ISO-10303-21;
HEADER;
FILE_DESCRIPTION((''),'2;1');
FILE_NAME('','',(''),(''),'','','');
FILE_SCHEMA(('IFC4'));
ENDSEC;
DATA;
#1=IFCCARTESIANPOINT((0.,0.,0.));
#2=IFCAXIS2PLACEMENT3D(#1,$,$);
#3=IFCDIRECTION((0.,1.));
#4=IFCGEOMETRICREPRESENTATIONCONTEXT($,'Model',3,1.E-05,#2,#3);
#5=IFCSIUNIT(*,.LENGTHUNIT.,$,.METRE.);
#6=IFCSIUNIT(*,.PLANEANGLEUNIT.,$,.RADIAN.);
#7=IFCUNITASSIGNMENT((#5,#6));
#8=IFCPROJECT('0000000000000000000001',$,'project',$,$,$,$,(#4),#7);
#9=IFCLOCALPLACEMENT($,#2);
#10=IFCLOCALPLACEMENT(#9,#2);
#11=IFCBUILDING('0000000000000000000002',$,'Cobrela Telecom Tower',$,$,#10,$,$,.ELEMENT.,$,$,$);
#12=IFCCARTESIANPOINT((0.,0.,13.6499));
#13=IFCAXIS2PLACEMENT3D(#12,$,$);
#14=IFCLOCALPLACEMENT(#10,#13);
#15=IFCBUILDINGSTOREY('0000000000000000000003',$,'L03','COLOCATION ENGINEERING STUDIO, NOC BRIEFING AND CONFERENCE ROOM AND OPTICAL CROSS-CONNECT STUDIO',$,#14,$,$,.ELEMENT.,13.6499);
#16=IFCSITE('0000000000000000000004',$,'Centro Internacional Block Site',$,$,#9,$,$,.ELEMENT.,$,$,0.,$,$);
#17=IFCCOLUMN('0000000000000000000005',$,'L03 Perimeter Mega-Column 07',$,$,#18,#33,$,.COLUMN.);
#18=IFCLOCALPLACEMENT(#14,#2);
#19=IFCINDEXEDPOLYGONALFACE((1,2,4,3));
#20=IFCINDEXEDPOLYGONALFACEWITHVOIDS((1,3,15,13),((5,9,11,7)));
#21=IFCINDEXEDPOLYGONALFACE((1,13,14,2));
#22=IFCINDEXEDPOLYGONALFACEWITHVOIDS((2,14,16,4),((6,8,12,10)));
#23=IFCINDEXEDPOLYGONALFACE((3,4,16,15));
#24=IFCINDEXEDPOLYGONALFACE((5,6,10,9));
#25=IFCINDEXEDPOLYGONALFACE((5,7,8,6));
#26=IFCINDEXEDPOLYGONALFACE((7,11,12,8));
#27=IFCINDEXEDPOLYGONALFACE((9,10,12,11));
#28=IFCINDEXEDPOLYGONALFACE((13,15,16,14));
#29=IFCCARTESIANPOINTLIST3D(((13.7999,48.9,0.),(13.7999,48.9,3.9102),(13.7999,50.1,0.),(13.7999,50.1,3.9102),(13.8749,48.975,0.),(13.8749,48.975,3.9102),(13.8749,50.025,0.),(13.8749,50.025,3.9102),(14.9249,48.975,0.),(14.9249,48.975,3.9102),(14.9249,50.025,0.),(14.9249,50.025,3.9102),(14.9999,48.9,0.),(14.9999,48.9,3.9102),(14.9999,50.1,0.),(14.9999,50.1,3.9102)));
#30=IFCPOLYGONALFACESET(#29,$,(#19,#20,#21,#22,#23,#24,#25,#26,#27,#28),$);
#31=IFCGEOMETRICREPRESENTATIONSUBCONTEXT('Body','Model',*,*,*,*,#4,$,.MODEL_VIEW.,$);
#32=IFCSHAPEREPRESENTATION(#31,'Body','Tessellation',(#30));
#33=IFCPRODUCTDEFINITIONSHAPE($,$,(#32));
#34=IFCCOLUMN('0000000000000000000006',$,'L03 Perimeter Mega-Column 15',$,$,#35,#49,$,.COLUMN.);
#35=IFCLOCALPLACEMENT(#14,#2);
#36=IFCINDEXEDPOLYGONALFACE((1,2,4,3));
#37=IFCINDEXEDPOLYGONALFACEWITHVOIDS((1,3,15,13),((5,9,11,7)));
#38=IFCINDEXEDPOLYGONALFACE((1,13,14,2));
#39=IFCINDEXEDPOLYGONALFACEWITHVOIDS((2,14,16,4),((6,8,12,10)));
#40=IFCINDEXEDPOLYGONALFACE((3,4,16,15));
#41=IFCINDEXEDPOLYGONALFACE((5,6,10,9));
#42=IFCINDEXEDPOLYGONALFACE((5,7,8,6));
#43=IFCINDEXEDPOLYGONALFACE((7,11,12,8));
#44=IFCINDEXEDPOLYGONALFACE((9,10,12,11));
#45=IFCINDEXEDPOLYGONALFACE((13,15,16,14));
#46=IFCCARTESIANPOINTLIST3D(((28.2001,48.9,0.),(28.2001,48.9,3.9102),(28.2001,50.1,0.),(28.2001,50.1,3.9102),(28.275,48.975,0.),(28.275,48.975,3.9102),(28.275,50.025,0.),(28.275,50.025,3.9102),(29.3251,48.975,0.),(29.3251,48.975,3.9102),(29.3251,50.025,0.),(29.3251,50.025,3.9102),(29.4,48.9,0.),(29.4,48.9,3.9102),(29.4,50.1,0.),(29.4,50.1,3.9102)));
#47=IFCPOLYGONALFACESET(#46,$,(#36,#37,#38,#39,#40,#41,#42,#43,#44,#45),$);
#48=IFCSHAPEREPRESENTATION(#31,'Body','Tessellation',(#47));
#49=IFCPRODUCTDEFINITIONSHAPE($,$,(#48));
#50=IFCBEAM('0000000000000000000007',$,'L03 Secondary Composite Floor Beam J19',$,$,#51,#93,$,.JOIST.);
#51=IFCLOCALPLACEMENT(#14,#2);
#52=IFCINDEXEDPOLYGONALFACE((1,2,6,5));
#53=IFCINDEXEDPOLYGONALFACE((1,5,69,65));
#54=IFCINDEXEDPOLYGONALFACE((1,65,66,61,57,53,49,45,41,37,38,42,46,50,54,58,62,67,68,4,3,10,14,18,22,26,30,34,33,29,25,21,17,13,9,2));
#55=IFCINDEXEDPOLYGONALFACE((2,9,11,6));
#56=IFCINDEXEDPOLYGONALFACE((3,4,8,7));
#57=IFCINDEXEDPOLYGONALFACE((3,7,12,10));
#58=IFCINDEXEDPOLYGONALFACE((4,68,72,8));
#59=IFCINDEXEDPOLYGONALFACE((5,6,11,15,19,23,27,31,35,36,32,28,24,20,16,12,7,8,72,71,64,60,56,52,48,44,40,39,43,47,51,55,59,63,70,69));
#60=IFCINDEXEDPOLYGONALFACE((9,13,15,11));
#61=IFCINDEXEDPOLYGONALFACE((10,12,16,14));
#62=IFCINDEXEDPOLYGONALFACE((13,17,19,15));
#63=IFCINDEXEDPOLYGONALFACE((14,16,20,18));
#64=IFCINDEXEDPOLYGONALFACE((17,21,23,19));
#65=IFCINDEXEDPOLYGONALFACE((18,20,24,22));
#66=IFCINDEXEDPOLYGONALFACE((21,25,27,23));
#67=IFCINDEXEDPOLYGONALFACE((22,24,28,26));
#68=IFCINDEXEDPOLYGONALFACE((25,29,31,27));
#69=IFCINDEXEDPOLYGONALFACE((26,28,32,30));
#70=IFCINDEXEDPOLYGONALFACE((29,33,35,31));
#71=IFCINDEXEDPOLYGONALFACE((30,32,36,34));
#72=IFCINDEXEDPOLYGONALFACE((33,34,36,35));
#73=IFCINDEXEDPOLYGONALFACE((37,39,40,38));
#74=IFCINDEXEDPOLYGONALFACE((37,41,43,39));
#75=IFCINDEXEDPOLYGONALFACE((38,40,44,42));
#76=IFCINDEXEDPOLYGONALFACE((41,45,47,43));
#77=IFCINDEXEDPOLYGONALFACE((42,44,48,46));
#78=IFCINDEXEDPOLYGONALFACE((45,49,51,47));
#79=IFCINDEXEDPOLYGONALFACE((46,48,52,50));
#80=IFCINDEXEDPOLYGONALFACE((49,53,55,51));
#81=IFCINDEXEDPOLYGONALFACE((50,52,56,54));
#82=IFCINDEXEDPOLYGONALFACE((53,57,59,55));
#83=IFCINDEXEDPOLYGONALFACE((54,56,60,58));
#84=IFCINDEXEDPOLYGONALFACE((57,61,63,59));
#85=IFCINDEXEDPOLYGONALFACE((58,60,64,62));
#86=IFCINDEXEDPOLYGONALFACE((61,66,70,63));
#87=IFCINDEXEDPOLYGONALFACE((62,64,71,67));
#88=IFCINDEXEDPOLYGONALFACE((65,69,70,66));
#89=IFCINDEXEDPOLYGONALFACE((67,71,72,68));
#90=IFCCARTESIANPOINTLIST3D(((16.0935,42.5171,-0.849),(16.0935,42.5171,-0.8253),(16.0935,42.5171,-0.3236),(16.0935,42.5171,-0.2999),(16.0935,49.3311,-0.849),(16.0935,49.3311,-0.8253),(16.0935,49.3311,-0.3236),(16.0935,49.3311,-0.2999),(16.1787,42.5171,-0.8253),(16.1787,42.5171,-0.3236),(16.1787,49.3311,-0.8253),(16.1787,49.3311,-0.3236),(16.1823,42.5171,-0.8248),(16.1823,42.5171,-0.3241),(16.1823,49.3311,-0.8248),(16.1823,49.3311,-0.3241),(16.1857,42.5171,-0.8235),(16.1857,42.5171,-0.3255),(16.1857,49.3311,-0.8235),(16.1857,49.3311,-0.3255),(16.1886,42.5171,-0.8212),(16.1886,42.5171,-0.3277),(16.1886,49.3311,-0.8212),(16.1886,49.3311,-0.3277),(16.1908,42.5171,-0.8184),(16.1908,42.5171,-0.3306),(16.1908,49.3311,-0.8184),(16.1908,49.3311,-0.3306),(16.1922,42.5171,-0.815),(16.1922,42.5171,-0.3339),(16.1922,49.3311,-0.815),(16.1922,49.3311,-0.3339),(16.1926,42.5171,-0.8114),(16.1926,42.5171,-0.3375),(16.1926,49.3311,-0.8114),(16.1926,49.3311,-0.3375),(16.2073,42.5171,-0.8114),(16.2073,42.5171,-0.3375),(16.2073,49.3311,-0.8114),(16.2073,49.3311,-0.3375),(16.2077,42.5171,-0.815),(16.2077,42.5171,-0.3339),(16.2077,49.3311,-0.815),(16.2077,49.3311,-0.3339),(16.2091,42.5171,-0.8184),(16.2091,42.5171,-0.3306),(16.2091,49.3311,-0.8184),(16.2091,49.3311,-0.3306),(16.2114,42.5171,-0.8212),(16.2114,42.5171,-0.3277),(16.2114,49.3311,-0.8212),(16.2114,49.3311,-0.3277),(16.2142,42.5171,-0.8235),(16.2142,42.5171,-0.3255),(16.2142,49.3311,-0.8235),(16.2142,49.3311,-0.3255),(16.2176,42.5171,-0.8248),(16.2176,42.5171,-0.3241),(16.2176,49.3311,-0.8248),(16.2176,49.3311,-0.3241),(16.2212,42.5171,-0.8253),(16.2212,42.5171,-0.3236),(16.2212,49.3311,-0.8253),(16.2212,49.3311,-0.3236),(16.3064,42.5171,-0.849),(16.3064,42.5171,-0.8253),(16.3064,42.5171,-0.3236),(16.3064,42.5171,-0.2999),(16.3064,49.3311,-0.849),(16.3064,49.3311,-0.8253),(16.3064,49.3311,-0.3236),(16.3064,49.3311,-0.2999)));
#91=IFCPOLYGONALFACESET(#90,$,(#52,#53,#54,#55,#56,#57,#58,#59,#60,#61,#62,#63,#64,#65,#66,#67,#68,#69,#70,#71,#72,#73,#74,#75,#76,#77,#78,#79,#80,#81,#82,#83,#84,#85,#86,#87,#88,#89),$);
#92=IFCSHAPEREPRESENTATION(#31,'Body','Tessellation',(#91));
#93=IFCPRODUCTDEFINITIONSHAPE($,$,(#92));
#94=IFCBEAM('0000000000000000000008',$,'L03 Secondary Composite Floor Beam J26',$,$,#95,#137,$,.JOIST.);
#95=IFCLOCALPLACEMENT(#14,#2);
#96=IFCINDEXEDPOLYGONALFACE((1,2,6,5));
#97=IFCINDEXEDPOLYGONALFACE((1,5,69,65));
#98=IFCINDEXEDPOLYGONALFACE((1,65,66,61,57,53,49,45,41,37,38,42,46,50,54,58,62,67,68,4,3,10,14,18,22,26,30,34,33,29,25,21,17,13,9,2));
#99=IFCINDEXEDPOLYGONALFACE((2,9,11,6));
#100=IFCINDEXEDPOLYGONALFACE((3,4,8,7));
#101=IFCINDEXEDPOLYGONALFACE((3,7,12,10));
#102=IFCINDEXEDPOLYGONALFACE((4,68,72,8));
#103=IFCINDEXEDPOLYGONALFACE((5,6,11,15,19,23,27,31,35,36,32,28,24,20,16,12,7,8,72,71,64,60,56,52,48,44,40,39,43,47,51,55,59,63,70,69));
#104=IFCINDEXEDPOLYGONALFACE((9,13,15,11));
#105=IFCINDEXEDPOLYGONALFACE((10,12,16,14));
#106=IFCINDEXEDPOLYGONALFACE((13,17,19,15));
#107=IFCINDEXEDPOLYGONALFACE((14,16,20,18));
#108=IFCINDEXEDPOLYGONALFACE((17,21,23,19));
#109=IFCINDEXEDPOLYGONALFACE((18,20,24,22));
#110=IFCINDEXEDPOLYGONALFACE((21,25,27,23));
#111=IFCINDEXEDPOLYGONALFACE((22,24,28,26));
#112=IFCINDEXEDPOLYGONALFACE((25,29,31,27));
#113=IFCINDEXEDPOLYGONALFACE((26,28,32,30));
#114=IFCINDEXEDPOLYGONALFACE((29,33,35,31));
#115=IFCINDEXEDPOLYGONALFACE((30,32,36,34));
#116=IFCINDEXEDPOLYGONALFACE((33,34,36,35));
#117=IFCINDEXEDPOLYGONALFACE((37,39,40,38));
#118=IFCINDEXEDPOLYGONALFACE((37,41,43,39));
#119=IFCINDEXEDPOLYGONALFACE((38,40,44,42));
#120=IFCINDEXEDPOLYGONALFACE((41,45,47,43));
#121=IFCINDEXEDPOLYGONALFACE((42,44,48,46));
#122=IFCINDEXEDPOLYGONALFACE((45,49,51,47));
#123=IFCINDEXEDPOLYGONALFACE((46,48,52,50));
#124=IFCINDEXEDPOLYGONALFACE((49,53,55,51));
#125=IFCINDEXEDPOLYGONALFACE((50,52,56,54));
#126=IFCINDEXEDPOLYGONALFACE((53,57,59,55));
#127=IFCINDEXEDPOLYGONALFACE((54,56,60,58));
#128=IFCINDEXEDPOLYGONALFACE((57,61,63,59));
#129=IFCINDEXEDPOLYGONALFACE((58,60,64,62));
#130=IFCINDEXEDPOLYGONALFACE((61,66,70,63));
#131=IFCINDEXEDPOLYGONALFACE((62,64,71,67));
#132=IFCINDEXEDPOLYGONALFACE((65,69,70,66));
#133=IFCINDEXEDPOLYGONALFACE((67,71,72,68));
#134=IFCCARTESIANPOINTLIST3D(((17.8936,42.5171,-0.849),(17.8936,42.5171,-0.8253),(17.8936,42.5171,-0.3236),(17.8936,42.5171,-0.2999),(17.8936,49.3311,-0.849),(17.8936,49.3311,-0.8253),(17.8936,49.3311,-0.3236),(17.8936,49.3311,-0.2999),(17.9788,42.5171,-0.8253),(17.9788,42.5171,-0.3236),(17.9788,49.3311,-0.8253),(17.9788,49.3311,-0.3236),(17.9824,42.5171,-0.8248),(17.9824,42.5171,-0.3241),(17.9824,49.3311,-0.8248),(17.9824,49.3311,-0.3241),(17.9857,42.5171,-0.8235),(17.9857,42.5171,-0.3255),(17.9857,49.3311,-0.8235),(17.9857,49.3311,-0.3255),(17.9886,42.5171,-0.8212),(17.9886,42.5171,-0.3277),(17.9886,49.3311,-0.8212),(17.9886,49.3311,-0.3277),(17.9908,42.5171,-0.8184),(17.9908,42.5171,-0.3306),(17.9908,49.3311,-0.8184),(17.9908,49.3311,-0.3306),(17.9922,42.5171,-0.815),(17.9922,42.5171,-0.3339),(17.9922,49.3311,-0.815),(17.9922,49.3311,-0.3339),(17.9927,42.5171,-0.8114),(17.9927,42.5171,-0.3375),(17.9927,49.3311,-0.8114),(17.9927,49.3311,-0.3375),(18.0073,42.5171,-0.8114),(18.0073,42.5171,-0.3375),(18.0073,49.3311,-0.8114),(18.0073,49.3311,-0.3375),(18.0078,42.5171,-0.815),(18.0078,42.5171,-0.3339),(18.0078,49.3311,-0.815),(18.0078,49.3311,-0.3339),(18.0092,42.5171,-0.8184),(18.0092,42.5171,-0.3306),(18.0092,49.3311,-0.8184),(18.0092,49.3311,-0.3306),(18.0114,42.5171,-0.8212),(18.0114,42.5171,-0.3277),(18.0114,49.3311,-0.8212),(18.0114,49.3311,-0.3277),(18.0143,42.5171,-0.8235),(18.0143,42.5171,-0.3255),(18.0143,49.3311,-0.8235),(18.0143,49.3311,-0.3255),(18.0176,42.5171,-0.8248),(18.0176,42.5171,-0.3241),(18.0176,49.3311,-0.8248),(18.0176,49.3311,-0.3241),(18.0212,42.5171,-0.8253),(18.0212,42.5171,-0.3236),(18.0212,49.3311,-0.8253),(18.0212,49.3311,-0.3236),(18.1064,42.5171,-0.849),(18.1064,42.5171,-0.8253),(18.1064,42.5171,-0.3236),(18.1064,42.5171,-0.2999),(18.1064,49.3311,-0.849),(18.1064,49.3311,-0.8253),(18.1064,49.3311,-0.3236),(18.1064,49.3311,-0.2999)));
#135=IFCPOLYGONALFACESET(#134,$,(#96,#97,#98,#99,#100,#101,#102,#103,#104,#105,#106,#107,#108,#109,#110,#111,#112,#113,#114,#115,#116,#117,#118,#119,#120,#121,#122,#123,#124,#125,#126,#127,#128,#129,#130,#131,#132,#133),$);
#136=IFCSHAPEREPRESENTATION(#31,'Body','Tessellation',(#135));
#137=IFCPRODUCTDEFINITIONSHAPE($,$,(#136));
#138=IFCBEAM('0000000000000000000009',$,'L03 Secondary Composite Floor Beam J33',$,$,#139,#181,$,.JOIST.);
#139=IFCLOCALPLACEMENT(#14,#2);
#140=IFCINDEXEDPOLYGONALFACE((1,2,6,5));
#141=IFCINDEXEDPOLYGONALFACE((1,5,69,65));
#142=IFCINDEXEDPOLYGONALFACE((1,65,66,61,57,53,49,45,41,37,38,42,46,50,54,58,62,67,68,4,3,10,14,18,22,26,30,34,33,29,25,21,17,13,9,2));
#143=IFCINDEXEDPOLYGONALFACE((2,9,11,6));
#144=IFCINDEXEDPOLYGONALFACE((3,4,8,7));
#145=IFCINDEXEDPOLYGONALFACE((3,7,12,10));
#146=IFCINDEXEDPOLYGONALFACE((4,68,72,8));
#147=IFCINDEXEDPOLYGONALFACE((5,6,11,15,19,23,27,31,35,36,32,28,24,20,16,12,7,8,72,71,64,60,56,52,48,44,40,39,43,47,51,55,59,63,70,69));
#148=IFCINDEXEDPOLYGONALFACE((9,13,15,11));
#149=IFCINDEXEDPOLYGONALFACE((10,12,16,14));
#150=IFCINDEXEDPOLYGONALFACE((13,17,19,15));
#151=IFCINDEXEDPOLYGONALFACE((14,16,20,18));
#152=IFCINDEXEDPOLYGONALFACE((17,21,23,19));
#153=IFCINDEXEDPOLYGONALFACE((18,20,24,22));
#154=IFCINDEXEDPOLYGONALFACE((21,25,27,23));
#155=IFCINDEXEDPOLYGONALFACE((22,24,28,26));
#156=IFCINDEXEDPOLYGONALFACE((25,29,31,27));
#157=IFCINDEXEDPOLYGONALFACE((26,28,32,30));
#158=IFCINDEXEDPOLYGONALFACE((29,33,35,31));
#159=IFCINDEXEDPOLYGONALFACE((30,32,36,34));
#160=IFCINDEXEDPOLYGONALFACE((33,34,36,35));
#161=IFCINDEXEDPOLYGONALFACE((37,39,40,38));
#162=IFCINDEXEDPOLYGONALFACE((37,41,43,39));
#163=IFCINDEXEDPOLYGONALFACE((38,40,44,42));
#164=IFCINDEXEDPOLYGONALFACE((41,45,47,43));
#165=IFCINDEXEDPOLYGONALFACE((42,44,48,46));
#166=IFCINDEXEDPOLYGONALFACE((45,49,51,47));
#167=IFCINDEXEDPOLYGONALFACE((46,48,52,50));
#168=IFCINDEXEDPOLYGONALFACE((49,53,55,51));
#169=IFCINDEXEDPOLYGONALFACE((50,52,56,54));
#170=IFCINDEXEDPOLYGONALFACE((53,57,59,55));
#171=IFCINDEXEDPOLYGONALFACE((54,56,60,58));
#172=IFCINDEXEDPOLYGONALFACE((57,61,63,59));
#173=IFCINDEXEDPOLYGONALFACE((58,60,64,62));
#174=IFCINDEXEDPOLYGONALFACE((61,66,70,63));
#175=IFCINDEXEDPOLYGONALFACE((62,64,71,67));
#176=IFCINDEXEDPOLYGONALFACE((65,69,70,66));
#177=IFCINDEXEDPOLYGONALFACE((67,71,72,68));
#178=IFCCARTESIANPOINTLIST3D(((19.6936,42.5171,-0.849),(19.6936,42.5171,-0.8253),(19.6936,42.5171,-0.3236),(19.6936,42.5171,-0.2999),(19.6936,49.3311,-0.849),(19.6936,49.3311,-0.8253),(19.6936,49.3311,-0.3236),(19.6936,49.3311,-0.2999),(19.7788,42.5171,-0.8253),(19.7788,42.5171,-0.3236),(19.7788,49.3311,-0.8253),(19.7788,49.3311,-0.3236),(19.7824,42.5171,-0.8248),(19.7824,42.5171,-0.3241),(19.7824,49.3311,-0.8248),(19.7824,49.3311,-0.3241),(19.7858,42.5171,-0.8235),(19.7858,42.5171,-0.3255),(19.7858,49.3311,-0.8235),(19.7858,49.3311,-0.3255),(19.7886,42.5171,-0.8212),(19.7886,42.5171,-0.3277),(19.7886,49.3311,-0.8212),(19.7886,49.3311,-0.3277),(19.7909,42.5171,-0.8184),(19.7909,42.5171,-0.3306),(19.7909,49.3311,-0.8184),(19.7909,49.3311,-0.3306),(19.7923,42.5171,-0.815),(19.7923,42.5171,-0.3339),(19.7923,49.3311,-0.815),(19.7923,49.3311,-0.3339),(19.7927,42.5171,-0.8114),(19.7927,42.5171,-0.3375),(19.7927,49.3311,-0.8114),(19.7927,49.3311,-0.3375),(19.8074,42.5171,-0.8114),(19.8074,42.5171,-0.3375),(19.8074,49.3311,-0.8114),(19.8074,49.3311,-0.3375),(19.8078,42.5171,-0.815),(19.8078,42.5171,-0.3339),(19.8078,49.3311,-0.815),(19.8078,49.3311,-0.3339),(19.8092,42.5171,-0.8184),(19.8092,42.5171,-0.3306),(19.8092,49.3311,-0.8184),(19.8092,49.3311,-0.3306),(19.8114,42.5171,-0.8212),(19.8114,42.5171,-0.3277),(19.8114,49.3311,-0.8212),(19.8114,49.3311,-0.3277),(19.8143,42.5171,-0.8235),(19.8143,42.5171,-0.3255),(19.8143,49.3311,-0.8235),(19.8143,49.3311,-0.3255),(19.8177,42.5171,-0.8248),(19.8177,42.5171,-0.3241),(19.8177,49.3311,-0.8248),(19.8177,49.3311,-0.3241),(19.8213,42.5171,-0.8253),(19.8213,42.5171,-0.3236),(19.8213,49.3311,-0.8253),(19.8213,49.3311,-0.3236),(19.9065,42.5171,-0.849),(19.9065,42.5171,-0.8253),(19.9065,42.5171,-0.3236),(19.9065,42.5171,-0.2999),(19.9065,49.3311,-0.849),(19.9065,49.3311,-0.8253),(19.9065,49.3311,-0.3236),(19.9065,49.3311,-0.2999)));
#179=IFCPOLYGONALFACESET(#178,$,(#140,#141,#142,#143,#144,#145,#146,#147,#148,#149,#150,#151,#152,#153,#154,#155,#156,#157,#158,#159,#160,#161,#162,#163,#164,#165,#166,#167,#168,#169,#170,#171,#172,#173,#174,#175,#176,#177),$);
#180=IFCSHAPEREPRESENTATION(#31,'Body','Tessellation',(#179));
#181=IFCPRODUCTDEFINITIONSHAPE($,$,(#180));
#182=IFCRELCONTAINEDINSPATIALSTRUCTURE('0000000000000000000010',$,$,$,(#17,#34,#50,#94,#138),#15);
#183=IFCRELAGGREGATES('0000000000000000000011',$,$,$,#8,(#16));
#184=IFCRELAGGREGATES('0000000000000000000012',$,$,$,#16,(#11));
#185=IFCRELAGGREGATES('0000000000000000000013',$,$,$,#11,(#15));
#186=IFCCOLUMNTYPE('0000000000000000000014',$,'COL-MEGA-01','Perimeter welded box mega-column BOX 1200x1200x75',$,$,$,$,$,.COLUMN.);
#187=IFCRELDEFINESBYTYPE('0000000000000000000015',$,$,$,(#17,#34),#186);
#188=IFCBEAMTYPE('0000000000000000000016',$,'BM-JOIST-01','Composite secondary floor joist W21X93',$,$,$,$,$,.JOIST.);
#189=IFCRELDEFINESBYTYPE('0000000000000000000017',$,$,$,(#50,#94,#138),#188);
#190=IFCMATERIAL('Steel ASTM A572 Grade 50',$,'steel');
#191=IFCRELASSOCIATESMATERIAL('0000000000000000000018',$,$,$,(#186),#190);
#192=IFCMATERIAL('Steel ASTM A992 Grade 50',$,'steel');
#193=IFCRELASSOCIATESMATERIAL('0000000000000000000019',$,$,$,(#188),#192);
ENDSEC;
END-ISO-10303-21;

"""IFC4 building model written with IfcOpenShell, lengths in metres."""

from ifc_helpers import new_model, si_unit, direction, frame, origin, origin_2d, place, context, subcontext, project, spatial, hollow_rectangle, i_section, extrude, material, material_profile, profile_set, type_object, element, save


model = new_model("IFC4")

# Units and contexts
model_context = context("Model", 3, precision=1e-05, world=origin(), true_north=direction((0.0, 1.0)))
body_context = subcontext(model_context, "Body", "Model", "MODEL_VIEW")
ifc_project = project(units=[si_unit("LENGTHUNIT", "METRE"), si_unit("PLANEANGLEUNIT", "RADIAN")], contexts=[model_context])

# Site, building, storey
site_placement = place(None, origin())
site = spatial("IfcSite", under=ifc_project, at=site_placement, Name="Centro Internacional Block Site", CompositionType="ELEMENT", RefElevation=0.0)
building_placement = place(site_placement, origin())
building = spatial("IfcBuilding", under=site, at=building_placement, Name="Cobrela Telecom Tower", CompositionType="ELEMENT")
storey_placement = place(building_placement, frame((0.0, 0.0, 13.6499)))
storey = spatial("IfcBuildingStorey", under=building, at=storey_placement, Name="L03", Description="COLOCATION ENGINEERING STUDIO, NOC BRIEFING AND CONFERENCE ROOM AND OPTICAL CROSS-CONNECT STUDIO", CompositionType="ELEMENT", Elevation=13.6499)

# Columns
ifc_material_1 = material(Name="Steel ASTM A572 Grade 50", Category="steel")
ifc_material_profile_1 = material_profile(ifc_material_1, hollow_rectangle(XDim=1.2, YDim=1.2, WallThickness=0.075, at=origin_2d()), Name="BOX 1200x1200x75")
ifc_profile_set_1 = profile_set([ifc_material_profile_1], Name="Steel ASTM A572 Grade 50")
column_type = type_object("IfcColumnType", Name="COL-MEGA-01", Description="Perimeter welded box mega-column BOX 1200x1200x75", PredefinedType="COLUMN", material=ifc_profile_set_1)
for number, where, z_axis, x_axis, name in (
    (1, (14.3999, 49.5, 0.0), (0.0, 0.0, 1.0), (1.0, 0.0, 0.0), "L03 Perimeter Mega-Column 07"),
    (2, (28.8, 49.5, 0.0), (0.0, 0.0, 1.0), (1.0, 0.0, 0.0), "L03 Perimeter Mega-Column 15"),
):
    element("IfcColumn", number, at=place(storey_placement, frame(where, z_axis=z_axis, x_axis=x_axis)), inside=storey, type_object=column_type, Name=name, PredefinedType="COLUMN", context=body_context, shape_type="SweptSolid", body=[
        extrude(hollow_rectangle(XDim=1.2, YDim=1.2, WallThickness=0.075, at=origin_2d()), origin(), (0.0, 0.0, 1.0), 3.9102),
    ])

# Beams
ifc_material_2 = material(Name="Steel ASTM A992 Grade 50", Category="steel")
ifc_material_profile_2 = material_profile(ifc_material_2, i_section(OverallWidth=0.2129, OverallDepth=0.5491, WebThickness=0.0146, FlangeThickness=0.0237, FilletRadius=0.0139, at=origin_2d()), Name="W21X93")
ifc_profile_set_2 = profile_set([ifc_material_profile_2], Name="Steel ASTM A992 Grade 50")
beam_type_1 = type_object("IfcBeamType", Name="BM-JOIST-01", Description="Composite secondary floor joist W21X93", PredefinedType="JOIST", material=ifc_profile_set_2)
for number, where, z_axis, x_axis, name in (
    (3, (16.2, 42.5171, -0.5745), (0.0, 1.0, 0.0), (-1.0, 0.0, 0.0), "L03 Secondary Composite Floor Beam J19"),
    (4, (18.0, 42.5171, -0.5745), (0.0, 1.0, 0.0), (-1.0, 0.0, 0.0), "L03 Secondary Composite Floor Beam J26"),
    (5, (19.8, 42.5171, -0.5745), (0.0, 1.0, 0.0), (-1.0, 0.0, 0.0), "L03 Secondary Composite Floor Beam J33"),
):
    element("IfcBeam", number, at=place(storey_placement, frame(where, z_axis=z_axis, x_axis=x_axis)), inside=storey, type_object=beam_type_1, Name=name, PredefinedType="JOIST", context=body_context, shape_type="SweptSolid", body=[
        extrude(i_section(OverallWidth=0.2129, OverallDepth=0.5491, WebThickness=0.0146, FlangeThickness=0.0237, FilletRadius=0.0139, at=origin_2d()), origin(), (0.0, 0.0, 1.0), 6.814),
    ])

save(model, "model.ifc")
